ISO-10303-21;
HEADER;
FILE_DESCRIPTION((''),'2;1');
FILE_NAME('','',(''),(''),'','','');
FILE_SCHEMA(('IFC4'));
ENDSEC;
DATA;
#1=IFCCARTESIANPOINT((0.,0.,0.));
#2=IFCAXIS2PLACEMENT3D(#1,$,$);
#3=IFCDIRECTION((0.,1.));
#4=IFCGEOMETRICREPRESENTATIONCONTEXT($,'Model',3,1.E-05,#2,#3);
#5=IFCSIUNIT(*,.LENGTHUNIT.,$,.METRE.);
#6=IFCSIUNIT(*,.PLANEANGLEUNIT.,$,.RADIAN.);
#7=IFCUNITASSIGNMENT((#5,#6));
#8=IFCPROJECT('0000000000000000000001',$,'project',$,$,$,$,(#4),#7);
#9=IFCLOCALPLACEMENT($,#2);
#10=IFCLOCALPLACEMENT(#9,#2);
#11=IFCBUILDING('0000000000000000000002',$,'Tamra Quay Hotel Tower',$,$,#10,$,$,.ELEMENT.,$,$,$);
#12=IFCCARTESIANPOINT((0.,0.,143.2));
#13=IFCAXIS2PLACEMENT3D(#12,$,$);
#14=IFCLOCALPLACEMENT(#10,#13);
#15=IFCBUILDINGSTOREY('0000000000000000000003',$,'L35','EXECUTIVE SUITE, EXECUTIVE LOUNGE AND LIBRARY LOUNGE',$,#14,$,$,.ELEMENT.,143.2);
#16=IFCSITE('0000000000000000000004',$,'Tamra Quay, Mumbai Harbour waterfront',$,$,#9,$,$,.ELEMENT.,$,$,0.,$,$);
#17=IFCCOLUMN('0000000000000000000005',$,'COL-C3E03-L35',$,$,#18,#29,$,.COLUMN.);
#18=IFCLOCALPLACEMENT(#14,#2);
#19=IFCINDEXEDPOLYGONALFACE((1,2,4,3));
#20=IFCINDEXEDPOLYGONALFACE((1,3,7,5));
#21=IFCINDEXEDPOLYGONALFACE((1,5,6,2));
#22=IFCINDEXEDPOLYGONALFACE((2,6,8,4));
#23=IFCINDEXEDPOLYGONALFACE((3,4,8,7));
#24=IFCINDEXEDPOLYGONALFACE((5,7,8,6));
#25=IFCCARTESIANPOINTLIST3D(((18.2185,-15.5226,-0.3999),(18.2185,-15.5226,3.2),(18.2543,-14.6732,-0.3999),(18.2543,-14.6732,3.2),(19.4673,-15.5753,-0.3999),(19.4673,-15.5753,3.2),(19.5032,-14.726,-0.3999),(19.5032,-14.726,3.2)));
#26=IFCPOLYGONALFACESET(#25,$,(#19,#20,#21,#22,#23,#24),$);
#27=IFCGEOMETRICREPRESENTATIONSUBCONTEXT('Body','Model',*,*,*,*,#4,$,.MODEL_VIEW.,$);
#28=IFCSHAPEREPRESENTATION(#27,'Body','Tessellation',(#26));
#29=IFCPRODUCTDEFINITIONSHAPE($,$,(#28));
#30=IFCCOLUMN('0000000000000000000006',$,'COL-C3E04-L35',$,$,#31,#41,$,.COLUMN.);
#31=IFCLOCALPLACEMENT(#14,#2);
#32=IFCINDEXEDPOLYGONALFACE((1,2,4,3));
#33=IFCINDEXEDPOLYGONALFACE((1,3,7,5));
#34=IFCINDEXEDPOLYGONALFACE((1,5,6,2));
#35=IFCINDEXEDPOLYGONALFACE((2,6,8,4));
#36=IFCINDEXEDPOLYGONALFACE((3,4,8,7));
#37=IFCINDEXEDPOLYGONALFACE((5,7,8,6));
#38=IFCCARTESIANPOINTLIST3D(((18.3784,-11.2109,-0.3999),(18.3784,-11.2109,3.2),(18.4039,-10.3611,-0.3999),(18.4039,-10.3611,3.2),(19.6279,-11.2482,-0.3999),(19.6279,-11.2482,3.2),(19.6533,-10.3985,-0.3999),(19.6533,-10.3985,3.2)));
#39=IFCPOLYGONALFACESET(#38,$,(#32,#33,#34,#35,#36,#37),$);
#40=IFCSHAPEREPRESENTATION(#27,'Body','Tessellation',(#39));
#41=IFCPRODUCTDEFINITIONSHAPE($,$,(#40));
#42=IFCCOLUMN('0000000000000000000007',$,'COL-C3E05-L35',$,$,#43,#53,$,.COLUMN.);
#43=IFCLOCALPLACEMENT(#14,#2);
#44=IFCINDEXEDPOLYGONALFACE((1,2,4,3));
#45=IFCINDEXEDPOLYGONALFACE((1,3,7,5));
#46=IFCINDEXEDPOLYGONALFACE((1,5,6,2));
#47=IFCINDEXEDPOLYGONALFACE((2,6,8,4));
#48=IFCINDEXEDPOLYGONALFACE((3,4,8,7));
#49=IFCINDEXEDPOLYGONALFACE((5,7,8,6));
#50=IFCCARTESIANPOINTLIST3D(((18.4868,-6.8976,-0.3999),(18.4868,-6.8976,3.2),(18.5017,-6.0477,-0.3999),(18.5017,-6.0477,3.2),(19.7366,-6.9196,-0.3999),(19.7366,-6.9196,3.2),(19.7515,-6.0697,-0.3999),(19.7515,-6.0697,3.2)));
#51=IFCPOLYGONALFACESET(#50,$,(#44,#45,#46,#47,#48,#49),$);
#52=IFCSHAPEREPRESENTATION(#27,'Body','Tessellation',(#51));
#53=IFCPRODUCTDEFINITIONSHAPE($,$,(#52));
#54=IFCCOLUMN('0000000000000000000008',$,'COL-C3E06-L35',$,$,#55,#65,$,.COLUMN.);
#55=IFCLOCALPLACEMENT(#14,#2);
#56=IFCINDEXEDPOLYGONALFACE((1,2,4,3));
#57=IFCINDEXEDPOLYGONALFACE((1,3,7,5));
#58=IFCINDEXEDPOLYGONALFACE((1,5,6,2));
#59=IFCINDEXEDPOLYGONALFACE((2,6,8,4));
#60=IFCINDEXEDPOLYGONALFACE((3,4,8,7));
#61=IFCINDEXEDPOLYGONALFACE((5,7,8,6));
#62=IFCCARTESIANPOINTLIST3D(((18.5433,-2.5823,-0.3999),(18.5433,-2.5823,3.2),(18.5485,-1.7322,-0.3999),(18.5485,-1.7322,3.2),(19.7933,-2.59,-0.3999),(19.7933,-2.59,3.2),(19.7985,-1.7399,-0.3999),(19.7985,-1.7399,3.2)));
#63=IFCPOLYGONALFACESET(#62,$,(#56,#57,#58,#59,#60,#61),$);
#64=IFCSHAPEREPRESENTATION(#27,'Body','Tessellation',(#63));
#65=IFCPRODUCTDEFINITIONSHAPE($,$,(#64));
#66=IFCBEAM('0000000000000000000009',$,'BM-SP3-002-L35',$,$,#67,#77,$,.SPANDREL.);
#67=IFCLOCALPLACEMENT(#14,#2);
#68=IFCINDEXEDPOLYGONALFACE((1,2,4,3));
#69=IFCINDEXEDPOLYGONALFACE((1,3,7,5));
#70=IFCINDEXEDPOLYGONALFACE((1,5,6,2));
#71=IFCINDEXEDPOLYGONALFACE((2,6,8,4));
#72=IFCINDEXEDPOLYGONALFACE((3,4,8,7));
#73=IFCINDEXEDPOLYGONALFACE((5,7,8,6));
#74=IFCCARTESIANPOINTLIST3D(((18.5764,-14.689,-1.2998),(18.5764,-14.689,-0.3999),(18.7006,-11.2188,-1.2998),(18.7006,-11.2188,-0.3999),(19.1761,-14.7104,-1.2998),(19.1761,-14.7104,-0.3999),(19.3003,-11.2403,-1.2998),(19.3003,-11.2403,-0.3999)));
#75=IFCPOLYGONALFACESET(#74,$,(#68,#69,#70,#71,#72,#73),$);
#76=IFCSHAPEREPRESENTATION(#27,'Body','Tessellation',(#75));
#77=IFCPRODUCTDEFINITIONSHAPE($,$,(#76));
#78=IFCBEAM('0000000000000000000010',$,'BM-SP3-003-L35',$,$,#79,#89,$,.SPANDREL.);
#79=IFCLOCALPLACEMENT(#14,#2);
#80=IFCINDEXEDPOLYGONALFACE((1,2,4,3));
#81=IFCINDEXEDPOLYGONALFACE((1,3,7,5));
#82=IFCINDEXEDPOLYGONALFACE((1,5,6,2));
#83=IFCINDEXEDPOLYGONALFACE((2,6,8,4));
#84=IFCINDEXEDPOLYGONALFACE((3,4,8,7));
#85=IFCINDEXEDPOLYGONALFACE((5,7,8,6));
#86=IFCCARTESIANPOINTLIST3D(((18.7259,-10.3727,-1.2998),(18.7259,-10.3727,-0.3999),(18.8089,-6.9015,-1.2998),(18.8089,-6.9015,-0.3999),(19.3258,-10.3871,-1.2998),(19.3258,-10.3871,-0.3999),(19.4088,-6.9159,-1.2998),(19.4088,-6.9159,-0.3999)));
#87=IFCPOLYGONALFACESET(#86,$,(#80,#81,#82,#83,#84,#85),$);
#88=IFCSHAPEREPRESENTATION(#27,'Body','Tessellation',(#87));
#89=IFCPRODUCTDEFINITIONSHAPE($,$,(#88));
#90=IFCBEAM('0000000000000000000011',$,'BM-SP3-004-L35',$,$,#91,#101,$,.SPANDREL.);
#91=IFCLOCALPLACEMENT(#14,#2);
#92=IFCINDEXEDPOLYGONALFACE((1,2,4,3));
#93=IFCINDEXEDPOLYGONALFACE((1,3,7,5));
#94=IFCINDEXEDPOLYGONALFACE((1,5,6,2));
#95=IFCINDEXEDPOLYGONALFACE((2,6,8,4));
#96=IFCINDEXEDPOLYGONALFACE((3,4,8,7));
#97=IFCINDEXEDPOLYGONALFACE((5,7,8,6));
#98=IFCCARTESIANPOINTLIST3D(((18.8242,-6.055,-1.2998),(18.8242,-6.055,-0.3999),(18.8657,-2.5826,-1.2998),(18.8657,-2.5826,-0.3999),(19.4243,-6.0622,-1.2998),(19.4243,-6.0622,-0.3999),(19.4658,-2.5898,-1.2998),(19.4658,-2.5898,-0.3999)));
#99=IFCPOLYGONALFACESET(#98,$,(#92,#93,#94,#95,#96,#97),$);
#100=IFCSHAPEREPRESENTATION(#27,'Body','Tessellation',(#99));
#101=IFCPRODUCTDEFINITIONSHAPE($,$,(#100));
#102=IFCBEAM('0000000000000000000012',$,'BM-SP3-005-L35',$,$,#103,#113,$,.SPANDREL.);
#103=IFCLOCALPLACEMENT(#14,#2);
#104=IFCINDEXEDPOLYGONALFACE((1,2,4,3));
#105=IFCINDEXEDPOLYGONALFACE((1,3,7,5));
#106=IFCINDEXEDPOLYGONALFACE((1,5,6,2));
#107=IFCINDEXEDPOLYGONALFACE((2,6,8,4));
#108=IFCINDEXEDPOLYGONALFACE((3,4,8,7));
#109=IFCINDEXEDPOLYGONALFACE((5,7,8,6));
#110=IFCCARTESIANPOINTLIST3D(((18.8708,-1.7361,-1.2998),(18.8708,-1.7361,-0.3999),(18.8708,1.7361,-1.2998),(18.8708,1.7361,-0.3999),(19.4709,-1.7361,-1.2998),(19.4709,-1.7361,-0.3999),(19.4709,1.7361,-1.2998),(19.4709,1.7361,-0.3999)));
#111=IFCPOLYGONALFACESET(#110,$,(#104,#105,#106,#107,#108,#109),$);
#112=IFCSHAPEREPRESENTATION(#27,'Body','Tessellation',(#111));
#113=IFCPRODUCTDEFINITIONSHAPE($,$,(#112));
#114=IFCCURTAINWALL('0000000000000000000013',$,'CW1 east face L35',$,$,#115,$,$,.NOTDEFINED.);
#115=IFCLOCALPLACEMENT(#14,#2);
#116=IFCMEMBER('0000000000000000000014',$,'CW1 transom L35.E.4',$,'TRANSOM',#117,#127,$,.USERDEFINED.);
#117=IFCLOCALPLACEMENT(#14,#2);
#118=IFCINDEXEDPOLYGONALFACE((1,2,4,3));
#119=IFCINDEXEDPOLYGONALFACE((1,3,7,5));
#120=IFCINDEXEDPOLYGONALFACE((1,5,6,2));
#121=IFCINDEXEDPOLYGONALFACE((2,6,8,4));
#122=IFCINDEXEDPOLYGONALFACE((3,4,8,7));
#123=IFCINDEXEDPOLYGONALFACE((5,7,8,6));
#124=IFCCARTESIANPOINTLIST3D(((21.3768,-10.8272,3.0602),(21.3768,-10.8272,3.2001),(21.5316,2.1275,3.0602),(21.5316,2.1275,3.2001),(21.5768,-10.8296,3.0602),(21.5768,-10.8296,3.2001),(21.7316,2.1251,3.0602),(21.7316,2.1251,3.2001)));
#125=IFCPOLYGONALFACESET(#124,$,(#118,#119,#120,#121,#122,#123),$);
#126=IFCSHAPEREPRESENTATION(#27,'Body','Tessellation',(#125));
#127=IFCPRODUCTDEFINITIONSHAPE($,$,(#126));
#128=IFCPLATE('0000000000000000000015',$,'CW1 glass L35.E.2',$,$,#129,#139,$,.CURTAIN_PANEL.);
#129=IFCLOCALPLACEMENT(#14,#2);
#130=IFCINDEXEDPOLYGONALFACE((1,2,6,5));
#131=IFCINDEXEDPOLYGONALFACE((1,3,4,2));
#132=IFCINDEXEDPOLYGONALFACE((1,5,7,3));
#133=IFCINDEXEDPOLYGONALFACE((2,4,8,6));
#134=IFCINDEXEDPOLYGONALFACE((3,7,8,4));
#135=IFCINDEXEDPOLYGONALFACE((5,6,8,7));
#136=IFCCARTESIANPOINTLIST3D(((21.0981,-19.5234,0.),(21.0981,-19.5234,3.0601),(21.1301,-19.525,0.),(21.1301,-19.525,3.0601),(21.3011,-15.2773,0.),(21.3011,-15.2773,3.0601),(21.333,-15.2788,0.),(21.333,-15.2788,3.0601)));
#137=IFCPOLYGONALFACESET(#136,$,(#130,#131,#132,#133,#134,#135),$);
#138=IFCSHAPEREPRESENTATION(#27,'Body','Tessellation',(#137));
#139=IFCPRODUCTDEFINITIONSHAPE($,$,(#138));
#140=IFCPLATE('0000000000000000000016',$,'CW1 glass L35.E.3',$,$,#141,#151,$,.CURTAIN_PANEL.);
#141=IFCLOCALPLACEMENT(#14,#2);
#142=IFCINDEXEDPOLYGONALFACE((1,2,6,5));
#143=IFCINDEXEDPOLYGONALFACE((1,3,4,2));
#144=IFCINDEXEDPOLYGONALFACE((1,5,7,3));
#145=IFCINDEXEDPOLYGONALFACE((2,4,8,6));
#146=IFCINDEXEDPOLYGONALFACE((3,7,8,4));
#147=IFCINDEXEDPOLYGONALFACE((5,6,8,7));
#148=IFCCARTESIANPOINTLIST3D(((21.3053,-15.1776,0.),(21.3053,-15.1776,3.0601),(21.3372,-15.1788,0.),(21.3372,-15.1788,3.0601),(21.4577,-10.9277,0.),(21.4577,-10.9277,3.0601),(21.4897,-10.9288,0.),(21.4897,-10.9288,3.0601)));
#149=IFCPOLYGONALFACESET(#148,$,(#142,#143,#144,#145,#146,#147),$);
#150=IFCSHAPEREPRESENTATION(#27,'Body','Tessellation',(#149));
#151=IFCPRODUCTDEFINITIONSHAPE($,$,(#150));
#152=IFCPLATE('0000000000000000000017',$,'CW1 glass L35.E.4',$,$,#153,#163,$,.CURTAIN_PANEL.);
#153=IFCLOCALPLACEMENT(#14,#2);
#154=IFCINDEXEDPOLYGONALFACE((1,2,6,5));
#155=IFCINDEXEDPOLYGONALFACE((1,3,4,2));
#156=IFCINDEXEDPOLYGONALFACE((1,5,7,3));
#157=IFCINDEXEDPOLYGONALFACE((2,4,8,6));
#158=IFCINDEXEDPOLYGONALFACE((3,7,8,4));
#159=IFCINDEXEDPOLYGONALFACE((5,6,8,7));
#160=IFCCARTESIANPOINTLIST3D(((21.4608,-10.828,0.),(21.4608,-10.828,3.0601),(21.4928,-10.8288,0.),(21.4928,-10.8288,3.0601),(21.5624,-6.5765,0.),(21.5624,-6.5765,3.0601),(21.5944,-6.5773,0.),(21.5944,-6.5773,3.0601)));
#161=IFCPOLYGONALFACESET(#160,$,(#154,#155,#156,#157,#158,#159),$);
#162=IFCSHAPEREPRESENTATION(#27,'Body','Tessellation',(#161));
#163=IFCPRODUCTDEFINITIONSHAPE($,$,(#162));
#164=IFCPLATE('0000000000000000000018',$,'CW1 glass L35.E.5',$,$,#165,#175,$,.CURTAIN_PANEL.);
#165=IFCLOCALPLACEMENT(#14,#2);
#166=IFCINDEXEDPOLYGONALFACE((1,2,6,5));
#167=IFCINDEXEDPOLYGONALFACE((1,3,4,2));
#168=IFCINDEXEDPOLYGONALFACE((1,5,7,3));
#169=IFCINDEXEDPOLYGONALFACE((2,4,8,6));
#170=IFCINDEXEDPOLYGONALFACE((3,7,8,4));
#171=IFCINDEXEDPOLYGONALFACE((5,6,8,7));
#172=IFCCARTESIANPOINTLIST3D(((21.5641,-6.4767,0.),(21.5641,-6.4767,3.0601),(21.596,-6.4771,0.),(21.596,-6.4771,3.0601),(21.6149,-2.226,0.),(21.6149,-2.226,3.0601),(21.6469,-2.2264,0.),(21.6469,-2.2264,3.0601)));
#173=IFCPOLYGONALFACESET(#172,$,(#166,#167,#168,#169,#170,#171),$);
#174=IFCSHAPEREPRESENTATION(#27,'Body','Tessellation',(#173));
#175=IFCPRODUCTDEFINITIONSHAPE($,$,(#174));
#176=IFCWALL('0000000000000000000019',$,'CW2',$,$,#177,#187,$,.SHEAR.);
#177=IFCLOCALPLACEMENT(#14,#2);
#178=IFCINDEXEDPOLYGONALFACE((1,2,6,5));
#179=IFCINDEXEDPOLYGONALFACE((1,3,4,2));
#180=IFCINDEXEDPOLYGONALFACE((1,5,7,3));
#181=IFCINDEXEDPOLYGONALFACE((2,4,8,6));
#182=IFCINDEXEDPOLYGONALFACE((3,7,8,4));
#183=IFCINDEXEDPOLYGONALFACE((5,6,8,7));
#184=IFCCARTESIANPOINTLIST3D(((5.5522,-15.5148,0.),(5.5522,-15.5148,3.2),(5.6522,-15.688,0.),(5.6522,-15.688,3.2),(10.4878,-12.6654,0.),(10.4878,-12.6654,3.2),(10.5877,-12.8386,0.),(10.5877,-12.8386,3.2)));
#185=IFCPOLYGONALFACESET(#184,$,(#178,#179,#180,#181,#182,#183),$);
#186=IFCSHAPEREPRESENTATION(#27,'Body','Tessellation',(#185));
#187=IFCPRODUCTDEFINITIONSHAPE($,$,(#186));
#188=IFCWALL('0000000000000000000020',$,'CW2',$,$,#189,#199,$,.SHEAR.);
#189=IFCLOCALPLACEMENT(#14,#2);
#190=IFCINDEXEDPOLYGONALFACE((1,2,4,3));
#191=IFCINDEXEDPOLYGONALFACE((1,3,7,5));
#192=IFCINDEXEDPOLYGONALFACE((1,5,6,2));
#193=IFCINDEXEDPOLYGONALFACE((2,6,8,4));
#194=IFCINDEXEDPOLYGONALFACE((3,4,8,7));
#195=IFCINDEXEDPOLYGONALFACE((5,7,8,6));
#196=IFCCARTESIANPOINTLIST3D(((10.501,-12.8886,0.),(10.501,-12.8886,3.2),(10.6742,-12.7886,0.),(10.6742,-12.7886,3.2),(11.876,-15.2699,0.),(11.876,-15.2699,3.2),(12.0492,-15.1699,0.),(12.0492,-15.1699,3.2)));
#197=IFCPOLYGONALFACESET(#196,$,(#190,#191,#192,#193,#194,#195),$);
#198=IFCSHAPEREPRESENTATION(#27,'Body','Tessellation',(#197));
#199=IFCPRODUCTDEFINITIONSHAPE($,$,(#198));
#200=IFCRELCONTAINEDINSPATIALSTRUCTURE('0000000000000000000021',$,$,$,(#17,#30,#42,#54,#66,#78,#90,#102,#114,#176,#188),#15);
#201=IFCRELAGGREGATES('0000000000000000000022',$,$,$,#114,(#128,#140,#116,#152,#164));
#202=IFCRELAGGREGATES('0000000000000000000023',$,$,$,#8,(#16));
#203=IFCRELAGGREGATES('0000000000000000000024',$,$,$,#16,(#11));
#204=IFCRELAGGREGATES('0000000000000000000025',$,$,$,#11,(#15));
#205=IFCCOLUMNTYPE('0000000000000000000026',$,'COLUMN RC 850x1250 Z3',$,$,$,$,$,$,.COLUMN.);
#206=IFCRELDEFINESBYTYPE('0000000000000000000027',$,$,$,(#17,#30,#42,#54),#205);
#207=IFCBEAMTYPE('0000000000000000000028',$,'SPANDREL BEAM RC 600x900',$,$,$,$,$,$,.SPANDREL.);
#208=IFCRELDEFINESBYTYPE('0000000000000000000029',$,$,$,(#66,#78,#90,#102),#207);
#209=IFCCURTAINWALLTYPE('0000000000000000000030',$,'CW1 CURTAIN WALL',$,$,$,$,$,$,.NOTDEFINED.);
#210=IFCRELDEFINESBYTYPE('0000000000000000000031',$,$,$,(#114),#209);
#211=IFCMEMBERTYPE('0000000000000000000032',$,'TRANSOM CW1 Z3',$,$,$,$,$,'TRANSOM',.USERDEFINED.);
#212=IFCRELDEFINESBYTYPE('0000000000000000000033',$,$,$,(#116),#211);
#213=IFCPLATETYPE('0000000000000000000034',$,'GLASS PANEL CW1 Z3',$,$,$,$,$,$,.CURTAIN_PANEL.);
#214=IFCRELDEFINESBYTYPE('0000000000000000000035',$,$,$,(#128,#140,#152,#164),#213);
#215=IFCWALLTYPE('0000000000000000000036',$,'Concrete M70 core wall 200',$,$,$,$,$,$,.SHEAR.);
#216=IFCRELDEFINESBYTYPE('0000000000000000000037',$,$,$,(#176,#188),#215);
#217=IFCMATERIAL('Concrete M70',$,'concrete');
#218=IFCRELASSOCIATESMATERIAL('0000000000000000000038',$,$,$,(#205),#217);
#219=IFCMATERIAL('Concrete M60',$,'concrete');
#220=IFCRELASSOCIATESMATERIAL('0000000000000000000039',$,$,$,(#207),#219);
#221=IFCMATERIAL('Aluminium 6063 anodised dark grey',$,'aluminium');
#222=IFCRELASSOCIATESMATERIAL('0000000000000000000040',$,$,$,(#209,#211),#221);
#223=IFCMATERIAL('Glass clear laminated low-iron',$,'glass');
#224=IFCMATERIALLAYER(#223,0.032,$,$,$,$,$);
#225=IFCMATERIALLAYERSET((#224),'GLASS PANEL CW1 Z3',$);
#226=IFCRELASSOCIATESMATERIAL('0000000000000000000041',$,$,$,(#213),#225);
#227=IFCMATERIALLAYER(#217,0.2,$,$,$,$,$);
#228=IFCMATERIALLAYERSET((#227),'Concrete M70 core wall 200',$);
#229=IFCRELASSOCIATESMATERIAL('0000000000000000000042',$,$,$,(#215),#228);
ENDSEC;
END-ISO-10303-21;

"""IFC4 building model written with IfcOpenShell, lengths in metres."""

from ifc_helpers import new_model, si_unit, direction, frame, frame_2d, origin, origin_2d, place, context, subcontext, project, spatial, rectangle, extrude, material, layer, layer_set, material_profile, profile_set, type_object, element, aggregate, save


model = new_model("IFC4")

# Units and contexts
model_context = context("Model", 3, precision=1e-05, world=origin(), true_north=direction((0.0, 1.0)))
body_context = subcontext(model_context, "Body", "Model", "MODEL_VIEW")
ifc_project = project(units=[si_unit("LENGTHUNIT", "METRE"), si_unit("PLANEANGLEUNIT", "RADIAN")], contexts=[model_context])

# Site, building, storey
site_placement = place(None, origin())
site = spatial("IfcSite", under=ifc_project, at=site_placement, Name="Tamra Quay, Mumbai Harbour waterfront", CompositionType="ELEMENT", RefElevation=0.0)
building_placement = place(site_placement, origin())
building = spatial("IfcBuilding", under=site, at=building_placement, Name="Tamra Quay Hotel Tower", CompositionType="ELEMENT")
storey_placement = place(building_placement, frame((0.0, 0.0, 143.2)))
storey = spatial("IfcBuildingStorey", under=building, at=storey_placement, Name="L35", Description="EXECUTIVE SUITE, EXECUTIVE LOUNGE AND LIBRARY LOUNGE", CompositionType="ELEMENT", Elevation=143.2)

# Columns
ifc_material_1 = material(Name="Concrete M70", Category="concrete")
ifc_material_profile_1 = material_profile(ifc_material_1, rectangle(XDim=1.25, YDim=0.8501, at=origin_2d()), Name="COLUMN RC 850x1250 Z3")
ifc_profile_set_1 = profile_set([ifc_material_profile_1], Name="Concrete M70")
column_type = type_object("IfcColumnType", Name="COLUMN RC 850x1250 Z3", PredefinedType="COLUMN", material=ifc_profile_set_1)
for number, where, z_axis, x_axis, name in (
    (1, (18.8608, -15.1243, -0.3999), (0.0, 0.0, 1.0), (-0.999109, 0.042202, 0.0), "COL-C3E03-L35"),
    (2, (19.0159, -10.8047, -0.3999), (0.0, 0.0, 1.0), (-0.999553, 0.029907, 0.0), "COL-C3E04-L35"),
    (3, (19.1191, -6.4836, -0.3999), (0.0, 0.0, 1.0), (-0.999845, 0.017597, 0.0), "COL-C3E05-L35"),
    (4, (19.1709, -2.1611, -0.3999), (0.0, 0.0, 1.0), (-0.999981, 0.006159, 0.0), "COL-C3E06-L35"),
):
    element("IfcColumn", number, at=place(storey_placement, frame(where, z_axis=z_axis, x_axis=x_axis)), inside=storey, type_object=column_type, Name=name, PredefinedType="COLUMN", context=body_context, shape_type="SweptSolid", body=[
        extrude(rectangle(XDim=1.25, YDim=0.8501, at=origin_2d()), origin(), (0.0, 0.0, 1.0), 3.5999),
    ])

# Beams
ifc_material_2 = material(Name="Concrete M60", Category="concrete")
ifc_material_profile_2 = material_profile(ifc_material_2, rectangle(XDim=0.6001, YDim=0.8999, at=origin_2d()), Name="SPANDREL BEAM RC 600x900")
ifc_profile_set_2 = profile_set([ifc_material_profile_2], Name="Concrete M60")
beam_type = type_object("IfcBeamType", Name="SPANDREL BEAM RC 600x900", PredefinedType="SPANDREL", material=ifc_profile_set_2)
beam_1_placement = place(storey_placement, frame((18.8762, -14.6997, -0.8499), z_axis=(0.035787, 0.999359, 0.0), x_axis=(-0.999359, 0.035787, 0.0)))
element("IfcBeam", 5, at=beam_1_placement, inside=storey, type_object=beam_type, Name="BM-SP3-002-L35", PredefinedType="SPANDREL", context=body_context, shape_type="SweptSolid", body=[
    extrude(rectangle(XDim=0.6001, YDim=0.8999, at=origin_2d()), origin(), (0.0, 0.0, 1.0), 3.4724),
])
beam_2_placement = place(storey_placement, frame((19.0259, -10.3799, -0.8499), z_axis=(0.023907, 0.999714, 0.0), x_axis=(-0.999714, 0.023907, 0.0)))
element("IfcBeam", 6, at=beam_2_placement, inside=storey, type_object=beam_type, Name="BM-SP3-003-L35", PredefinedType="SPANDREL", context=body_context, shape_type="SweptSolid", body=[
    extrude(rectangle(XDim=0.6001, YDim=0.8999, at=origin_2d()), origin(), (0.0, 0.0, 1.0), 3.4722),
])
beam_3_placement = place(storey_placement, frame((19.1243, -6.0586, -0.8499), z_axis=(0.011952, 0.999929, 0.0), x_axis=(-0.999929, 0.011952, 0.0)))
element("IfcBeam", 7, at=beam_3_placement, inside=storey, type_object=beam_type, Name="BM-SP3-004-L35", PredefinedType="SPANDREL", context=body_context, shape_type="SweptSolid", body=[
    extrude(rectangle(XDim=0.6001, YDim=0.8999, at=origin_2d()), origin(), (0.0, 0.0, 1.0), 3.4727),
])
beam_4_placement = place(storey_placement, frame((19.1709, -1.7361, -0.8499), z_axis=(0.0, 1.0, 0.0), x_axis=(-1.0, 0.0, 0.0)))
element("IfcBeam", 8, at=beam_4_placement, inside=storey, type_object=beam_type, Name="BM-SP3-005-L35", PredefinedType="SPANDREL", context=body_context, shape_type="SweptSolid", body=[
    extrude(rectangle(XDim=0.6001, YDim=0.8999, at=origin_2d()), origin(), (0.0, 0.0, 1.0), 3.4722),
])

# Curtain wall, member, plates
ifc_material_3 = material(Name="Aluminium 6063 anodised dark grey", Category="aluminium")
curtain_wall_type = type_object("IfcCurtainWallType", Name="CW1 CURTAIN WALL", PredefinedType="NOTDEFINED", material=ifc_material_3)
curtain_wall_placement = place(storey_placement, origin())
curtain_wall = element("IfcCurtainWall", 9, at=curtain_wall_placement, inside=storey, type_object=curtain_wall_type, Name="CW1 east face L35", PredefinedType="NOTDEFINED")
ifc_material_profile_3 = material_profile(ifc_material_3, rectangle(XDim=0.2, YDim=0.1399, at=origin_2d()), Name="TRANSOM 200X140")
ifc_profile_set_3 = profile_set([ifc_material_profile_3], Name="Aluminium 6063 anodised dark grey")
member_type = type_object("IfcMemberType", Name="TRANSOM CW1 Z3", ElementType="TRANSOM", PredefinedType="USERDEFINED", material=ifc_profile_set_3)
member_placement = place(storey_placement, frame((21.4768, -10.8284, 3.1301), z_axis=(0.011947, 0.999929, 0.0), x_axis=(-0.999929, 0.011947, 0.0)))
member = element("IfcMember", 10, at=member_placement, type_object=member_type, Name="CW1 transom L35.E.4", ObjectType="TRANSOM", PredefinedType="USERDEFINED", context=body_context, shape_type="SweptSolid", body=[
    extrude(rectangle(XDim=0.2, YDim=0.1399, at=origin_2d()), origin(), (0.0, 0.0, 1.0), 12.9556),
])
ifc_material_4 = material(Name="Glass clear laminated low-iron", Category="glass")
ifc_layer_1 = layer(ifc_material_4, 0.032)
ifc_layer_set_1 = layer_set([ifc_layer_1], Name="GLASS PANEL CW1 Z3")
plate_type = type_object("IfcPlateType", Name="GLASS PANEL CW1 Z3", PredefinedType="CURTAIN_PANEL", material=ifc_layer_set_1)
plate_1_placement = place(storey_placement, frame((21.2156, -17.4011, 0.0), z_axis=(0.0, 0.0, 1.0), x_axis=(0.047747, 0.998859, 0.0)))
plate_1 = element("IfcPlate", 11, at=plate_1_placement, type_object=plate_type, Name="CW1 glass L35.E.2", PredefinedType="CURTAIN_PANEL", context=body_context, shape_type="SweptSolid", body=[
    extrude(rectangle(XDim=4.251, YDim=0.032, at=origin_2d()), origin(), (0.0, 0.0, 1.0), 3.0601),
])
plate_2_placement = place(storey_placement, frame((21.3975, -13.0532, 0.0), z_axis=(0.0, 0.0, 1.0), x_axis=(0.035845, 0.999357, 0.0)))
plate_2 = element("IfcPlate", 12, at=plate_2_placement, type_object=plate_type, Name="CW1 glass L35.E.3", PredefinedType="CURTAIN_PANEL", context=body_context, shape_type="SweptSolid", body=[
    extrude(rectangle(XDim=4.2527, YDim=0.032, at=origin_2d()), origin(), (0.0, 0.0, 1.0), 3.0601),
])
plate_3_placement = place(storey_placement, frame((21.5276, -8.7026, 0.0), z_axis=(0.0, 0.0, 1.0), x_axis=(0.023896, 0.999714, 0.0)))
plate_3 = element("IfcPlate", 13, at=plate_3_placement, type_object=plate_type, Name="CW1 glass L35.E.4", PredefinedType="CURTAIN_PANEL", context=body_context, shape_type="SweptSolid", body=[
    extrude(rectangle(XDim=4.2527, YDim=0.032, at=origin_2d()), origin(), (0.0, 0.0, 1.0), 3.0601),
])
plate_4_placement = place(storey_placement, frame((21.6055, -4.3516, 0.0), z_axis=(0.0, 0.0, 1.0), x_axis=(0.011957, 0.999929, 0.0)))
plate_4 = element("IfcPlate", 14, at=plate_4_placement, type_object=plate_type, Name="CW1 glass L35.E.5", PredefinedType="CURTAIN_PANEL", context=body_context, shape_type="SweptSolid", body=[
    extrude(rectangle(XDim=4.251, YDim=0.032, at=origin_2d()), origin(), (0.0, 0.0, 1.0), 3.0601),
])
aggregate(curtain_wall, [plate_1, plate_2, member, plate_3, plate_4])

# Walls
ifc_layer_2 = layer(ifc_material_1, 0.2)
ifc_layer_set_2 = layer_set([ifc_layer_2], Name="Concrete M70 core wall 200")
wall_type_1 = type_object("IfcWallType", Name="Concrete M70 core wall 200", PredefinedType="SHEAR", material=ifc_layer_set_2)
wall_1_placement = place(storey_placement, frame((10.5378, -12.752, 0.0), z_axis=(0.0, 0.0, 1.0), x_axis=(-0.866039, -0.499977, 0.0)))
element("IfcWall", 15, at=wall_1_placement, inside=storey, type_object=wall_type_1, Name="CW2", PredefinedType="SHEAR", context=body_context, shape_type="SweptSolid", body=[
    extrude(rectangle(XDim=5.699, YDim=0.2, at=frame_2d((2.8496, 0.0))), origin(), (0.0, 0.0, 1.0), 3.2),
])
wall_2_placement = place(storey_placement, frame((11.9626, -15.22, 0.0), z_axis=(0.0, 0.0, 1.0), x_axis=(-0.500035, 0.866005, 0.0)))
element("IfcWall", 16, at=wall_2_placement, inside=storey, type_object=wall_type_1, Name="CW2", PredefinedType="SHEAR", context=body_context, shape_type="SweptSolid", body=[
    extrude(rectangle(XDim=2.7498, YDim=0.2, at=frame_2d((1.375, 0.0))), origin(), (0.0, 0.0, 1.0), 3.2),
])

save(model, "model.ifc")
